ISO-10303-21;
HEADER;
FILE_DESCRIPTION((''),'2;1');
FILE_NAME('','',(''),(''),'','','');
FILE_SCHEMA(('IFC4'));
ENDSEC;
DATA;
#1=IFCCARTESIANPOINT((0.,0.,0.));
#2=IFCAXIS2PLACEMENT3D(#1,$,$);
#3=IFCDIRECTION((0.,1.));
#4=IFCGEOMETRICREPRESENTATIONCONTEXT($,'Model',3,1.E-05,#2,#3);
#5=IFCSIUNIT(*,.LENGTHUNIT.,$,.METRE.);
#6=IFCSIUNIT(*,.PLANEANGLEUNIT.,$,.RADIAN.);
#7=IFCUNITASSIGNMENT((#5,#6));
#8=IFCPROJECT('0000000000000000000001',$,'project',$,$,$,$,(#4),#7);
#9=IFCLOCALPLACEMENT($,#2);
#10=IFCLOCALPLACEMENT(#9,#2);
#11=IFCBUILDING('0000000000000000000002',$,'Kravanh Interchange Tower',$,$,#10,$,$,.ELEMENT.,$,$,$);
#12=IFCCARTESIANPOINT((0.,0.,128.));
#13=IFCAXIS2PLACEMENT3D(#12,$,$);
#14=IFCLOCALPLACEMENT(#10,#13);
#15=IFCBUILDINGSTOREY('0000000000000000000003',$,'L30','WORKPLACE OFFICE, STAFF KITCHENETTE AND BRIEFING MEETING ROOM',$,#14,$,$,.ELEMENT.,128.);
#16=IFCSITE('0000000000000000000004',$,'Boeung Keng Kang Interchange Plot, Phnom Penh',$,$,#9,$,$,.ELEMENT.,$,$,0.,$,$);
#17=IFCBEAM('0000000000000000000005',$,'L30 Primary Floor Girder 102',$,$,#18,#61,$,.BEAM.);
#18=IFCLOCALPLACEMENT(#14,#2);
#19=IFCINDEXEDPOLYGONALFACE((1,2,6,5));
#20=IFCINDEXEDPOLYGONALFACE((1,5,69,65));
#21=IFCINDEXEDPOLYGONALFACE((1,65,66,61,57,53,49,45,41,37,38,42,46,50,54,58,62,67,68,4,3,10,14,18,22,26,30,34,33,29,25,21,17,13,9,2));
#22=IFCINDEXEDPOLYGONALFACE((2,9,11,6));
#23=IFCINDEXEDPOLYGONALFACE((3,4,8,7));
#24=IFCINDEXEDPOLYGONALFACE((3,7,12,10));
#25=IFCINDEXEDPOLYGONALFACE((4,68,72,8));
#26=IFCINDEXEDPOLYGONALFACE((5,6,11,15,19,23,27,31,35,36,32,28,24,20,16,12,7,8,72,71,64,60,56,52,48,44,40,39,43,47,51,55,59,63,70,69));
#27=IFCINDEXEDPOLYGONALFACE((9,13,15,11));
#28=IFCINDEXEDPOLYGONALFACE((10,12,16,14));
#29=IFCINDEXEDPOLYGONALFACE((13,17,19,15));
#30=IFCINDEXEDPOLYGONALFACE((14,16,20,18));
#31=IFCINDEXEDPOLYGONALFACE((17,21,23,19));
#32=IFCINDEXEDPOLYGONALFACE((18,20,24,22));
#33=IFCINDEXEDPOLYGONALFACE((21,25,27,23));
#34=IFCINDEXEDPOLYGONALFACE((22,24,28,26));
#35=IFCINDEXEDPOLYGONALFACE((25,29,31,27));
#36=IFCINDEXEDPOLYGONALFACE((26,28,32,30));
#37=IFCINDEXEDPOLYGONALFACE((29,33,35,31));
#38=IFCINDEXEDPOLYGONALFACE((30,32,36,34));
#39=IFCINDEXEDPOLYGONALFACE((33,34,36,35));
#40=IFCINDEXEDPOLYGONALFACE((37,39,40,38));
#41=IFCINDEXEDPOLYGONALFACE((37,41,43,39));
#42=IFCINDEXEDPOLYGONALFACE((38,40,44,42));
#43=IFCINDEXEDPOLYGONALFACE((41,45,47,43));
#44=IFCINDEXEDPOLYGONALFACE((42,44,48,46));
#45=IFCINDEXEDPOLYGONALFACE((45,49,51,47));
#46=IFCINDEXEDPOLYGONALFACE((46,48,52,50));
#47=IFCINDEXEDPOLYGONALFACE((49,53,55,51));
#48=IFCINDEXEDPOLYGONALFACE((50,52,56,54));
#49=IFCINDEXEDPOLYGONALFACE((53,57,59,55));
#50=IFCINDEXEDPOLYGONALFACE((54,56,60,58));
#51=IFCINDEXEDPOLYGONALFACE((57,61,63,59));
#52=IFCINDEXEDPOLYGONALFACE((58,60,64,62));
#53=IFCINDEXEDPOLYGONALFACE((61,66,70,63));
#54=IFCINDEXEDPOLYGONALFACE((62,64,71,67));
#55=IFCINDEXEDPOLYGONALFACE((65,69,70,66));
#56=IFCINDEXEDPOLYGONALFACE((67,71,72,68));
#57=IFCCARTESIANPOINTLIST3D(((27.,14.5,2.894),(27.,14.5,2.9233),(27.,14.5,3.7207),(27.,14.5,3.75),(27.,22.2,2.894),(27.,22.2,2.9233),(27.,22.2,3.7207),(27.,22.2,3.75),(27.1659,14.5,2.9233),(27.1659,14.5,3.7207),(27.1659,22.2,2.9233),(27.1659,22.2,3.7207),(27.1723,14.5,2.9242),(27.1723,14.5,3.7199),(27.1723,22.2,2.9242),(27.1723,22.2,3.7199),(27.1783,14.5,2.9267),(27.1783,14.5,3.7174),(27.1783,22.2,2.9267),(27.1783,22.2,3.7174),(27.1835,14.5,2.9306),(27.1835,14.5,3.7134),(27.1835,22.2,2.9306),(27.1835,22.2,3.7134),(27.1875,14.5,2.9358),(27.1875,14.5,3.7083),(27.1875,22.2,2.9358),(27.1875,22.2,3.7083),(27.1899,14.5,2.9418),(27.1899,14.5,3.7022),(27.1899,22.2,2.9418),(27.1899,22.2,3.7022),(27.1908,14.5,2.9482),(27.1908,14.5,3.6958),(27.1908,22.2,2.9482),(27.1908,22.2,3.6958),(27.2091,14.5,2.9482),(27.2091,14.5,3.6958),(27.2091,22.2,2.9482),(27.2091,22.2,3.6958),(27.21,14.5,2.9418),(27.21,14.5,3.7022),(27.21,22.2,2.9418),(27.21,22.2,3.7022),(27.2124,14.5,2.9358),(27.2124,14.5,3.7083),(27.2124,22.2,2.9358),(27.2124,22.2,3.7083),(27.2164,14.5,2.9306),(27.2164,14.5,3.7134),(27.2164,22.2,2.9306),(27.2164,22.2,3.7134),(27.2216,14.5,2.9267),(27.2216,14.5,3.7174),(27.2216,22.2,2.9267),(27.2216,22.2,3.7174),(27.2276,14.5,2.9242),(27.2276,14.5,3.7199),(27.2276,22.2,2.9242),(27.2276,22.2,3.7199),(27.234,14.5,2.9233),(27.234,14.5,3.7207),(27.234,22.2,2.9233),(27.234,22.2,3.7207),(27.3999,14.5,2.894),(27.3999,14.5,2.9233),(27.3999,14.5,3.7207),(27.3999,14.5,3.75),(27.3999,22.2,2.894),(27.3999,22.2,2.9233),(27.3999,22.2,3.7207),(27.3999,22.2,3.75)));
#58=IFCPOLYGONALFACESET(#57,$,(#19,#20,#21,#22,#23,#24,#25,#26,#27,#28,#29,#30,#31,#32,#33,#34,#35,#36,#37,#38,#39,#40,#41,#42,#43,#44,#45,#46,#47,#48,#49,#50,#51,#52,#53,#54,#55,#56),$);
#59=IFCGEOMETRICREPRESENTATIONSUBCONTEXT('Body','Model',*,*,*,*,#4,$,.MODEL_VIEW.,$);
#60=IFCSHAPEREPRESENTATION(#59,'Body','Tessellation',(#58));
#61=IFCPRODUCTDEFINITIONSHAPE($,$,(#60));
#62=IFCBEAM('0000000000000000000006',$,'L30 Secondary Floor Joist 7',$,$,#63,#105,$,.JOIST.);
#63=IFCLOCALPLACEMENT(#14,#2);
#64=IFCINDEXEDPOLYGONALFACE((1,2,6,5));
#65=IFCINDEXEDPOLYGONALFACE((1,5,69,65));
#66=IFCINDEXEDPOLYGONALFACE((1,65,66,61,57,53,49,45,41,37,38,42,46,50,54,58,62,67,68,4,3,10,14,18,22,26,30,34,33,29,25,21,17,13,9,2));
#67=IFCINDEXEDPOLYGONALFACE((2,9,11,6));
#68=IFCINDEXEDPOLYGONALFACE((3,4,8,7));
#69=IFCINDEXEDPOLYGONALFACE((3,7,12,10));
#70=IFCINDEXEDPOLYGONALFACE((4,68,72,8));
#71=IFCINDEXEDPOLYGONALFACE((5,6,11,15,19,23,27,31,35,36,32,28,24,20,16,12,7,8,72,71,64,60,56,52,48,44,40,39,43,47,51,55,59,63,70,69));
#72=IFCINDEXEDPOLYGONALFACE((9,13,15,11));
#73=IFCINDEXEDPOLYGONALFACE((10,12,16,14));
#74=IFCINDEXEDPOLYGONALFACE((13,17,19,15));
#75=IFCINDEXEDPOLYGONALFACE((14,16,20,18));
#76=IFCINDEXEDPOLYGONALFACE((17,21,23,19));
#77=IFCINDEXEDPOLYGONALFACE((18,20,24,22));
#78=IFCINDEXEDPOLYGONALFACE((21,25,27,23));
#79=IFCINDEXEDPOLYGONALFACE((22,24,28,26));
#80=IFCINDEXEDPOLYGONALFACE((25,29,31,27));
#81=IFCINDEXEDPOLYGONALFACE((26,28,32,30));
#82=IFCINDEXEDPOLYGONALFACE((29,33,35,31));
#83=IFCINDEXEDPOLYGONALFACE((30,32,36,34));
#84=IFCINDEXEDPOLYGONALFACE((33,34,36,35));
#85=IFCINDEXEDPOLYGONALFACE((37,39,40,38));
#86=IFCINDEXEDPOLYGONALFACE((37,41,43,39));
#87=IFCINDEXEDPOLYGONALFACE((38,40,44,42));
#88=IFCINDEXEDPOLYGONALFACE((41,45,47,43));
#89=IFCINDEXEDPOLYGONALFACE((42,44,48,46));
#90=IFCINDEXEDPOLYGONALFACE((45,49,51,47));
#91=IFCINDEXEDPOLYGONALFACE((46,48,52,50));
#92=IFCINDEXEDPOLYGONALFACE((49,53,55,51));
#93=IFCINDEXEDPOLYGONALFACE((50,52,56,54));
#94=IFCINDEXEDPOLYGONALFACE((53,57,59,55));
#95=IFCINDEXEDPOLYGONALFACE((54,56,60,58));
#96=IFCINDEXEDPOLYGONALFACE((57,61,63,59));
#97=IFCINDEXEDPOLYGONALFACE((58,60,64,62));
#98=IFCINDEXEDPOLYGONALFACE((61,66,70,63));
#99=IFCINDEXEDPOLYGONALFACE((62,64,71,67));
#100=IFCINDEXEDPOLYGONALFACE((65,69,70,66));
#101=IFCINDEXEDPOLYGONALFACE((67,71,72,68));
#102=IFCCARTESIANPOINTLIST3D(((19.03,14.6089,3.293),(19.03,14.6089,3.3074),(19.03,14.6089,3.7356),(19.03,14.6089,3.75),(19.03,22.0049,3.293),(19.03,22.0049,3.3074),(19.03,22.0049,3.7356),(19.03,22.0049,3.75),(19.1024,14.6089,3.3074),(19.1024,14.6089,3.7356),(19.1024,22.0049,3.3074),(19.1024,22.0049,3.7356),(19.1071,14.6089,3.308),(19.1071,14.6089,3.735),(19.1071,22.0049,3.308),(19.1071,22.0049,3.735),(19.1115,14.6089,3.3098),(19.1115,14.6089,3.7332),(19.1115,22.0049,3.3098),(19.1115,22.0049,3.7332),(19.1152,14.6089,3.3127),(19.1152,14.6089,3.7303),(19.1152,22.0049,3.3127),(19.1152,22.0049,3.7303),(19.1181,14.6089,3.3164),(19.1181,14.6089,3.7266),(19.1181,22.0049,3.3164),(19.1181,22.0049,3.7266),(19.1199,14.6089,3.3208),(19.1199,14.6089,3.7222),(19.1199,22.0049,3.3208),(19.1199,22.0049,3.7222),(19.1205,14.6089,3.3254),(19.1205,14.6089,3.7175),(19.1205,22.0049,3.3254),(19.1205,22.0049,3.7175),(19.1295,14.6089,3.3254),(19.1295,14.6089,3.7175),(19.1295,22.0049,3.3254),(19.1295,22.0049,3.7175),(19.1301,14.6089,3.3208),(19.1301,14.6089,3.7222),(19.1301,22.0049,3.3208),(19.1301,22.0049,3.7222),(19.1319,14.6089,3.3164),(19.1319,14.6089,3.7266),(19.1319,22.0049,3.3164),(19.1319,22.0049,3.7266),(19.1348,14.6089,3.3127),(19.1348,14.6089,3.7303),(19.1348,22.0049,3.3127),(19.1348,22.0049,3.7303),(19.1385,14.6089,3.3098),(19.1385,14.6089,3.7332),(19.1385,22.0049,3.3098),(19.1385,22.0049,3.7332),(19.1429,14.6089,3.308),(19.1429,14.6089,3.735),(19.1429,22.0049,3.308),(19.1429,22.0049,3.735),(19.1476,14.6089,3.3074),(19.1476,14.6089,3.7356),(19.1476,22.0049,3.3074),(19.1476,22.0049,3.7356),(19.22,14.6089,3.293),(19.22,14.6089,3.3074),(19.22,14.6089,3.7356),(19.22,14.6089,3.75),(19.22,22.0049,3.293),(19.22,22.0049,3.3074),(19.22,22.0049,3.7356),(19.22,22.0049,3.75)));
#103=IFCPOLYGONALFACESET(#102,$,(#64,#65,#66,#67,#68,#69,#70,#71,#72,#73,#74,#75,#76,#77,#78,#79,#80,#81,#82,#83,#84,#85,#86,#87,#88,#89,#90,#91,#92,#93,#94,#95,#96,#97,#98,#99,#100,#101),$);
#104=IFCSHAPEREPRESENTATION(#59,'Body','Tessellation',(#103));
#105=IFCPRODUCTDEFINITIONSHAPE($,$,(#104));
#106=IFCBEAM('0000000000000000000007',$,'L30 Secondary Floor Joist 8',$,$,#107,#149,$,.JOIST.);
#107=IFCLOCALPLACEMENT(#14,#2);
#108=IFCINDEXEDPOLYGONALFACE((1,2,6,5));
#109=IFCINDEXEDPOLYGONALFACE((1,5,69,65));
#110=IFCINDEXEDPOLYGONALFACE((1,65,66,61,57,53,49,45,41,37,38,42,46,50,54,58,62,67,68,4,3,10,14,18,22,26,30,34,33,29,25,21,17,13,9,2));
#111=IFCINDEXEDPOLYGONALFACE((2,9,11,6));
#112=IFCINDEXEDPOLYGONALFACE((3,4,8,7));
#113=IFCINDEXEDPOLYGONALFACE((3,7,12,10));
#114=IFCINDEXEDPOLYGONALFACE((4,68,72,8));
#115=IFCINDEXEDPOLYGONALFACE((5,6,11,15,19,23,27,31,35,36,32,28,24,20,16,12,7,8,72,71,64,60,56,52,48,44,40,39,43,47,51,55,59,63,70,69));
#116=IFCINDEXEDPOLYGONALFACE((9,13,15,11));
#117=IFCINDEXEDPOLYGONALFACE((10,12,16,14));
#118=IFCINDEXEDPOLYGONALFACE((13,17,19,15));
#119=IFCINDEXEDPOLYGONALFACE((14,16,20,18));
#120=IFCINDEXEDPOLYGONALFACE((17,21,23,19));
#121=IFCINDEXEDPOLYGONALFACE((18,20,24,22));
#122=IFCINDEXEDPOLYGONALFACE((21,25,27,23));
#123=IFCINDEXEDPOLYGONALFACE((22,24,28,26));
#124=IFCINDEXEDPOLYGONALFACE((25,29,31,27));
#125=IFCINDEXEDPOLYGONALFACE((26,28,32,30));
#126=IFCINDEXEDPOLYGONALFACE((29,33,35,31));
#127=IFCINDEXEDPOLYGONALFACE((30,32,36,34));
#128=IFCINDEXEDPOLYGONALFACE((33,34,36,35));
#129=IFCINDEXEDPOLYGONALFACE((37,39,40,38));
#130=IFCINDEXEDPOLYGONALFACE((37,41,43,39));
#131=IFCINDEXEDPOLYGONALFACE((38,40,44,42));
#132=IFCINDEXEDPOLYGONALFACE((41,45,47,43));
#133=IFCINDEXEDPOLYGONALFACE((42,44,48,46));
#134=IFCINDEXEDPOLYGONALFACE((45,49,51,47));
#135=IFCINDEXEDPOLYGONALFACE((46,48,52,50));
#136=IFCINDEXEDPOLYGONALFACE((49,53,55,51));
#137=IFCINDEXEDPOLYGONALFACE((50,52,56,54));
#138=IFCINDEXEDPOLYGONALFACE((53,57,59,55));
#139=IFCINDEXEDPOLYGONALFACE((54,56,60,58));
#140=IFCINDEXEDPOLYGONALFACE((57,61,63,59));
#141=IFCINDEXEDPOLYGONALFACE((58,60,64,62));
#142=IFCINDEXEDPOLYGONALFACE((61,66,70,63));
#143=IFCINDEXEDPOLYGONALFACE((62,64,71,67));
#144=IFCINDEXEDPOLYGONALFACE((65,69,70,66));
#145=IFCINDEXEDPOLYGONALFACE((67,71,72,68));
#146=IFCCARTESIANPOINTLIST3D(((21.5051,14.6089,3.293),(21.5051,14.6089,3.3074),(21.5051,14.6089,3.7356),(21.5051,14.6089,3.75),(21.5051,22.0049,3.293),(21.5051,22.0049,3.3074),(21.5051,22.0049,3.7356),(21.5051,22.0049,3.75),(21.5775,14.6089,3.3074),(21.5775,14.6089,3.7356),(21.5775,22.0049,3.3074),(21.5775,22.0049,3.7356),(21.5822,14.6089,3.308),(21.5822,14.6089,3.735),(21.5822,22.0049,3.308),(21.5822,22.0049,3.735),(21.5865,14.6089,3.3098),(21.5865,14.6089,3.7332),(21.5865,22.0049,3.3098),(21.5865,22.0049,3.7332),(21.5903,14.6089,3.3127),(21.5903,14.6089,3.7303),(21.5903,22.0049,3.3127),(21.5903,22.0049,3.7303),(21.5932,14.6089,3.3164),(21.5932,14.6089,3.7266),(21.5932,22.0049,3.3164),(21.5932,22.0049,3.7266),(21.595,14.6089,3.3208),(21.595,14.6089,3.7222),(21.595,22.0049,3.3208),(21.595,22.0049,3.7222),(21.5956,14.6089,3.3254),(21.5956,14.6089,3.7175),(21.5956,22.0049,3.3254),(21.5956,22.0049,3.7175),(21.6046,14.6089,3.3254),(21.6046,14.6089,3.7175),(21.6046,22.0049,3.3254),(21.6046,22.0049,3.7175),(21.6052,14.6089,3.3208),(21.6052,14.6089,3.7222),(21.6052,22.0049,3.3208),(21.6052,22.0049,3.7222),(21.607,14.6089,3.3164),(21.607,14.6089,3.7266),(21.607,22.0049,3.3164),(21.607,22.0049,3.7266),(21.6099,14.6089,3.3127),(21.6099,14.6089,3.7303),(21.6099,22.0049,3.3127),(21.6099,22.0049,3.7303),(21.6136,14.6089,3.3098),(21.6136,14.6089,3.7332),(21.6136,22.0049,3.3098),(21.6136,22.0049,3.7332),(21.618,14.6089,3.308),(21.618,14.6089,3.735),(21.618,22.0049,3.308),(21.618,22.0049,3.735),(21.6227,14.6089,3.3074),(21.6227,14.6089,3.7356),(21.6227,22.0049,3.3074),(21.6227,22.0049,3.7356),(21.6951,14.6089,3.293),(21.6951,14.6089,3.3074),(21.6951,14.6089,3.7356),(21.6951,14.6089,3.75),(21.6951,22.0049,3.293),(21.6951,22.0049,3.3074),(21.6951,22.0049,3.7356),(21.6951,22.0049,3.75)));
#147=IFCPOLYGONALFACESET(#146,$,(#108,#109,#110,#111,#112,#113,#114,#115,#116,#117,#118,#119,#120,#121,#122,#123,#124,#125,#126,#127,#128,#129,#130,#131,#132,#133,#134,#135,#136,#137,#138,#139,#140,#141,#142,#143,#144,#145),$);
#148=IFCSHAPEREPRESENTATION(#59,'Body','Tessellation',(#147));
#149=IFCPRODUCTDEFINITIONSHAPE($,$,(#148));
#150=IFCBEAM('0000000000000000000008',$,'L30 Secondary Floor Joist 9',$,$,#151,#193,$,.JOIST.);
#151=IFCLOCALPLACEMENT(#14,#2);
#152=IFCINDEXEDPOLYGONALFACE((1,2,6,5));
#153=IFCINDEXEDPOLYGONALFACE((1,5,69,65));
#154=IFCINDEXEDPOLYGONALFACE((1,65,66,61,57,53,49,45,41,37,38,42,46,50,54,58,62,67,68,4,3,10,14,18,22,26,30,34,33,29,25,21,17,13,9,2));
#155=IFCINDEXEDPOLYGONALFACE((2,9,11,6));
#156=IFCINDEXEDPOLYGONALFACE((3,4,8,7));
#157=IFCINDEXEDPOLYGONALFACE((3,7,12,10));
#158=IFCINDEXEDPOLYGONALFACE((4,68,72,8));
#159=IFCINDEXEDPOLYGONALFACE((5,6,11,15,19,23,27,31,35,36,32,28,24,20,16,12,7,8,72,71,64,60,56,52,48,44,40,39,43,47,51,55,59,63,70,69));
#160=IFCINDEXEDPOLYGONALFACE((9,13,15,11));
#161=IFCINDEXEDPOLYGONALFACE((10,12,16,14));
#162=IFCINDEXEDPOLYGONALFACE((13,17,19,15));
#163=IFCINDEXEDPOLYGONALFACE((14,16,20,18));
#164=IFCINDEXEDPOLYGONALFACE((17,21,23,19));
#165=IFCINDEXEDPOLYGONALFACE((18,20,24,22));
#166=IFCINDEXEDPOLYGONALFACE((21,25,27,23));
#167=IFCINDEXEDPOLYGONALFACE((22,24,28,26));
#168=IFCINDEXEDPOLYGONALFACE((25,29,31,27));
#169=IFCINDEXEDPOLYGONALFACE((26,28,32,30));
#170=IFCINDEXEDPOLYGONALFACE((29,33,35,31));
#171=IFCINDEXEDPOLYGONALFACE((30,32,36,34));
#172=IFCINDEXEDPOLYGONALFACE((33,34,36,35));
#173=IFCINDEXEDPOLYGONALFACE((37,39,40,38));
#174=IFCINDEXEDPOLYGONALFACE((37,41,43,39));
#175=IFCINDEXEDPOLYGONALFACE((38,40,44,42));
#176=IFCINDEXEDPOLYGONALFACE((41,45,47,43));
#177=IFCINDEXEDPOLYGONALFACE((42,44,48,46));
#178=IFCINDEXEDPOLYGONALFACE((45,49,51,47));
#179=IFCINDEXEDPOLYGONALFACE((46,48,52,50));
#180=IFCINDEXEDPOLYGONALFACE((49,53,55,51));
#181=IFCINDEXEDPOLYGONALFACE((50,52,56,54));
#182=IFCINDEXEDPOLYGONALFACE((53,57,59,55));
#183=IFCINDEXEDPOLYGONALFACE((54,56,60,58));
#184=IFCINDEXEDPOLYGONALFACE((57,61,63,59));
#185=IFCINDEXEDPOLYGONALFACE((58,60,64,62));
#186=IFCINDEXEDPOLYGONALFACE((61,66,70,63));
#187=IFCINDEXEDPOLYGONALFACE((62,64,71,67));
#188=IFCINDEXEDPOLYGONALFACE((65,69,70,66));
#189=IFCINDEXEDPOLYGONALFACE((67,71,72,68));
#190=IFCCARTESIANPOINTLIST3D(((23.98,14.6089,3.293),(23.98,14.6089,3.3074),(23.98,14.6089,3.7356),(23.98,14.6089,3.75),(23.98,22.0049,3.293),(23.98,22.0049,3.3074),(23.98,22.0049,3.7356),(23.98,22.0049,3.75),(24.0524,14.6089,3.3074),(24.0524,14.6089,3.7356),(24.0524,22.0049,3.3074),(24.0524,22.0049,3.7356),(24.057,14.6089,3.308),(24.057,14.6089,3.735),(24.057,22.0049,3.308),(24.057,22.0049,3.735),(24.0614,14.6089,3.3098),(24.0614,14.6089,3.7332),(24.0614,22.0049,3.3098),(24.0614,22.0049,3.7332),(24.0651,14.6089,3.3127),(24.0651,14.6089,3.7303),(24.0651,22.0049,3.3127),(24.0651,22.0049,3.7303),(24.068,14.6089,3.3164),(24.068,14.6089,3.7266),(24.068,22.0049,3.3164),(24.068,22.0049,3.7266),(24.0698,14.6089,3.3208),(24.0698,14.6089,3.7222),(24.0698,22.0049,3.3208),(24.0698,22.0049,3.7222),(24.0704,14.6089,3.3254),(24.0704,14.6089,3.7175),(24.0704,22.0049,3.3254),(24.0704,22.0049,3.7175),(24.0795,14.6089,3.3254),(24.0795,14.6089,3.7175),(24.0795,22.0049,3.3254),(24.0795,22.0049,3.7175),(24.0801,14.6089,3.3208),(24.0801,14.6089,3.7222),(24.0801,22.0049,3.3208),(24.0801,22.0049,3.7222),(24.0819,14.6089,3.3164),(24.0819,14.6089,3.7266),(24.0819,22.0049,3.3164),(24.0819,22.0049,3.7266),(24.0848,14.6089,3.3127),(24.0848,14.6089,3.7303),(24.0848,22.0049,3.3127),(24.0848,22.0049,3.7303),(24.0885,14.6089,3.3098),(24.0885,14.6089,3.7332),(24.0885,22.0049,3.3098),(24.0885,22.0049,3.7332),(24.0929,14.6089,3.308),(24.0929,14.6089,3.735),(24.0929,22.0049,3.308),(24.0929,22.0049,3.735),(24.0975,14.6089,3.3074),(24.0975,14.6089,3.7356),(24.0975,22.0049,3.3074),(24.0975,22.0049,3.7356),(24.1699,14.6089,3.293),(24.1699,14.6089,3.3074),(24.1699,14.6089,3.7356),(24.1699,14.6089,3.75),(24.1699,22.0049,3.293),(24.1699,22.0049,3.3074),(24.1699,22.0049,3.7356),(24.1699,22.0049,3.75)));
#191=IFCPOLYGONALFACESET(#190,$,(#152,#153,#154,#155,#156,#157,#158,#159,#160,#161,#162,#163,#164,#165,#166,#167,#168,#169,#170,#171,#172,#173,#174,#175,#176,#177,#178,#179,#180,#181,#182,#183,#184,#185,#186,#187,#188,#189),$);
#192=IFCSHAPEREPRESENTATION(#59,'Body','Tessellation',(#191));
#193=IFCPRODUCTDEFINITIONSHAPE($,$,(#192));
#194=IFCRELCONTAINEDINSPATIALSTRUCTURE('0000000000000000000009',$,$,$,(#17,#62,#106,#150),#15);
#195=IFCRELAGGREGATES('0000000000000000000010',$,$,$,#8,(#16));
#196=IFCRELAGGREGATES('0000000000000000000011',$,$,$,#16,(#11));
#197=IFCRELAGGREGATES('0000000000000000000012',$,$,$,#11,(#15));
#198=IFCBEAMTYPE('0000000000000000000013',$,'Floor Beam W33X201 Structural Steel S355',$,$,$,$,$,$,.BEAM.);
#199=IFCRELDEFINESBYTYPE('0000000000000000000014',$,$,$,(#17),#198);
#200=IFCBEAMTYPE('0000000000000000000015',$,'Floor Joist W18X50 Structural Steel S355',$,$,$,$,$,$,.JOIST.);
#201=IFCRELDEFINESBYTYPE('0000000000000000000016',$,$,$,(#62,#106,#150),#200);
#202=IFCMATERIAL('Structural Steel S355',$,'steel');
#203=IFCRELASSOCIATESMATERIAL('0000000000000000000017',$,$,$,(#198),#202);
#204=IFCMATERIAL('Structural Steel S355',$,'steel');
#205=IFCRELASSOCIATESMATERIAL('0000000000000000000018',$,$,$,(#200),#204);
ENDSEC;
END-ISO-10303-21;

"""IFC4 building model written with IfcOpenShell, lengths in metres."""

from ifc_helpers import new_model, si_unit, direction, frame, origin, origin_2d, place, context, subcontext, project, spatial, i_section, extrude, material, material_profile, profile_set, type_object, element, save


model = new_model("IFC4")

# Units and contexts
model_context = context("Model", 3, precision=1e-05, world=origin(), true_north=direction((0.0, 1.0)))
body_context = subcontext(model_context, "Body", "Model", "MODEL_VIEW")
ifc_project = project(units=[si_unit("LENGTHUNIT", "METRE"), si_unit("PLANEANGLEUNIT", "RADIAN")], contexts=[model_context])

# Site, building, storey
site_placement = place(None, origin())
site = spatial("IfcSite", under=ifc_project, at=site_placement, Name="Boeung Keng Kang Interchange Plot, Phnom Penh", CompositionType="ELEMENT", RefElevation=0.0)
building_placement = place(site_placement, origin())
building = spatial("IfcBuilding", under=site, at=building_placement, Name="Kravanh Interchange Tower", CompositionType="ELEMENT")
storey_placement = place(building_placement, frame((0.0, 0.0, 128.0)))
storey = spatial("IfcBuildingStorey", under=building, at=storey_placement, Name="L30", Description="WORKPLACE OFFICE, STAFF KITCHENETTE AND BRIEFING MEETING ROOM", CompositionType="ELEMENT", Elevation=128.0)

# Beams
ifc_material_1 = material(Name="Structural Steel S355", Category="steel")
ifc_material_profile_1 = material_profile(ifc_material_1, i_section(OverallWidth=0.3999, OverallDepth=0.856, WebThickness=0.0183, FlangeThickness=0.0293, FilletRadius=0.0249, at=origin_2d()), Name="W33X201")
ifc_profile_set_1 = profile_set([ifc_material_profile_1], Name="Structural Steel S355")
beam_type_1 = type_object("IfcBeamType", Name="Floor Beam W33X201 Structural Steel S355", PredefinedType="BEAM", material=ifc_profile_set_1)
beam_1_placement = place(storey_placement, frame((27.2, 14.5, 3.322), z_axis=(0.0, 1.0, 0.0), x_axis=(-1.0, 0.0, 0.0)))
element("IfcBeam", 1, at=beam_1_placement, inside=storey, type_object=beam_type_1, Name="L30 Primary Floor Girder 102", PredefinedType="BEAM", context=body_context, shape_type="SweptSolid", body=[
    extrude(i_section(OverallWidth=0.3999, OverallDepth=0.856, WebThickness=0.0183, FlangeThickness=0.0293, FilletRadius=0.0249, at=origin_2d()), origin(), (0.0, 0.0, 1.0), 7.7),
])
ifc_material_2 = material(Name="Structural Steel S355", Category="steel")
ifc_material_profile_2 = material_profile(ifc_material_2, i_section(OverallWidth=0.1899, OverallDepth=0.457, WebThickness=0.009, FlangeThickness=0.0144, FilletRadius=0.0181, at=origin_2d()), Name="W18X50")
ifc_profile_set_2 = profile_set([ifc_material_profile_2], Name="Structural Steel S355")
beam_type_2 = type_object("IfcBeamType", Name="Floor Joist W18X50 Structural Steel S355", PredefinedType="JOIST", material=ifc_profile_set_2)
for number, where, z_axis, x_axis, name in (
    (2, (19.125, 14.6089, 3.5215), (0.0, 1.0, 0.0), (-1.0, 0.0, 0.0), "L30 Secondary Floor Joist 7"),
    (3, (21.6001, 14.6089, 3.5215), (0.0, 1.0, 0.0), (-1.0, 0.0, 0.0), "L30 Secondary Floor Joist 8"),
    (4, (24.075, 14.6089, 3.5215), (0.0, 1.0, 0.0), (-1.0, 0.0, 0.0), "L30 Secondary Floor Joist 9"),
):
    element("IfcBeam", number, at=place(storey_placement, frame(where, z_axis=z_axis, x_axis=x_axis)), inside=storey, type_object=beam_type_2, Name=name, PredefinedType="JOIST", context=body_context, shape_type="SweptSolid", body=[
        extrude(i_section(OverallWidth=0.1899, OverallDepth=0.457, WebThickness=0.009, FlangeThickness=0.0144, FilletRadius=0.0181, at=origin_2d()), origin(), (0.0, 0.0, 1.0), 7.396),
    ])

save(model, "model.ifc")
